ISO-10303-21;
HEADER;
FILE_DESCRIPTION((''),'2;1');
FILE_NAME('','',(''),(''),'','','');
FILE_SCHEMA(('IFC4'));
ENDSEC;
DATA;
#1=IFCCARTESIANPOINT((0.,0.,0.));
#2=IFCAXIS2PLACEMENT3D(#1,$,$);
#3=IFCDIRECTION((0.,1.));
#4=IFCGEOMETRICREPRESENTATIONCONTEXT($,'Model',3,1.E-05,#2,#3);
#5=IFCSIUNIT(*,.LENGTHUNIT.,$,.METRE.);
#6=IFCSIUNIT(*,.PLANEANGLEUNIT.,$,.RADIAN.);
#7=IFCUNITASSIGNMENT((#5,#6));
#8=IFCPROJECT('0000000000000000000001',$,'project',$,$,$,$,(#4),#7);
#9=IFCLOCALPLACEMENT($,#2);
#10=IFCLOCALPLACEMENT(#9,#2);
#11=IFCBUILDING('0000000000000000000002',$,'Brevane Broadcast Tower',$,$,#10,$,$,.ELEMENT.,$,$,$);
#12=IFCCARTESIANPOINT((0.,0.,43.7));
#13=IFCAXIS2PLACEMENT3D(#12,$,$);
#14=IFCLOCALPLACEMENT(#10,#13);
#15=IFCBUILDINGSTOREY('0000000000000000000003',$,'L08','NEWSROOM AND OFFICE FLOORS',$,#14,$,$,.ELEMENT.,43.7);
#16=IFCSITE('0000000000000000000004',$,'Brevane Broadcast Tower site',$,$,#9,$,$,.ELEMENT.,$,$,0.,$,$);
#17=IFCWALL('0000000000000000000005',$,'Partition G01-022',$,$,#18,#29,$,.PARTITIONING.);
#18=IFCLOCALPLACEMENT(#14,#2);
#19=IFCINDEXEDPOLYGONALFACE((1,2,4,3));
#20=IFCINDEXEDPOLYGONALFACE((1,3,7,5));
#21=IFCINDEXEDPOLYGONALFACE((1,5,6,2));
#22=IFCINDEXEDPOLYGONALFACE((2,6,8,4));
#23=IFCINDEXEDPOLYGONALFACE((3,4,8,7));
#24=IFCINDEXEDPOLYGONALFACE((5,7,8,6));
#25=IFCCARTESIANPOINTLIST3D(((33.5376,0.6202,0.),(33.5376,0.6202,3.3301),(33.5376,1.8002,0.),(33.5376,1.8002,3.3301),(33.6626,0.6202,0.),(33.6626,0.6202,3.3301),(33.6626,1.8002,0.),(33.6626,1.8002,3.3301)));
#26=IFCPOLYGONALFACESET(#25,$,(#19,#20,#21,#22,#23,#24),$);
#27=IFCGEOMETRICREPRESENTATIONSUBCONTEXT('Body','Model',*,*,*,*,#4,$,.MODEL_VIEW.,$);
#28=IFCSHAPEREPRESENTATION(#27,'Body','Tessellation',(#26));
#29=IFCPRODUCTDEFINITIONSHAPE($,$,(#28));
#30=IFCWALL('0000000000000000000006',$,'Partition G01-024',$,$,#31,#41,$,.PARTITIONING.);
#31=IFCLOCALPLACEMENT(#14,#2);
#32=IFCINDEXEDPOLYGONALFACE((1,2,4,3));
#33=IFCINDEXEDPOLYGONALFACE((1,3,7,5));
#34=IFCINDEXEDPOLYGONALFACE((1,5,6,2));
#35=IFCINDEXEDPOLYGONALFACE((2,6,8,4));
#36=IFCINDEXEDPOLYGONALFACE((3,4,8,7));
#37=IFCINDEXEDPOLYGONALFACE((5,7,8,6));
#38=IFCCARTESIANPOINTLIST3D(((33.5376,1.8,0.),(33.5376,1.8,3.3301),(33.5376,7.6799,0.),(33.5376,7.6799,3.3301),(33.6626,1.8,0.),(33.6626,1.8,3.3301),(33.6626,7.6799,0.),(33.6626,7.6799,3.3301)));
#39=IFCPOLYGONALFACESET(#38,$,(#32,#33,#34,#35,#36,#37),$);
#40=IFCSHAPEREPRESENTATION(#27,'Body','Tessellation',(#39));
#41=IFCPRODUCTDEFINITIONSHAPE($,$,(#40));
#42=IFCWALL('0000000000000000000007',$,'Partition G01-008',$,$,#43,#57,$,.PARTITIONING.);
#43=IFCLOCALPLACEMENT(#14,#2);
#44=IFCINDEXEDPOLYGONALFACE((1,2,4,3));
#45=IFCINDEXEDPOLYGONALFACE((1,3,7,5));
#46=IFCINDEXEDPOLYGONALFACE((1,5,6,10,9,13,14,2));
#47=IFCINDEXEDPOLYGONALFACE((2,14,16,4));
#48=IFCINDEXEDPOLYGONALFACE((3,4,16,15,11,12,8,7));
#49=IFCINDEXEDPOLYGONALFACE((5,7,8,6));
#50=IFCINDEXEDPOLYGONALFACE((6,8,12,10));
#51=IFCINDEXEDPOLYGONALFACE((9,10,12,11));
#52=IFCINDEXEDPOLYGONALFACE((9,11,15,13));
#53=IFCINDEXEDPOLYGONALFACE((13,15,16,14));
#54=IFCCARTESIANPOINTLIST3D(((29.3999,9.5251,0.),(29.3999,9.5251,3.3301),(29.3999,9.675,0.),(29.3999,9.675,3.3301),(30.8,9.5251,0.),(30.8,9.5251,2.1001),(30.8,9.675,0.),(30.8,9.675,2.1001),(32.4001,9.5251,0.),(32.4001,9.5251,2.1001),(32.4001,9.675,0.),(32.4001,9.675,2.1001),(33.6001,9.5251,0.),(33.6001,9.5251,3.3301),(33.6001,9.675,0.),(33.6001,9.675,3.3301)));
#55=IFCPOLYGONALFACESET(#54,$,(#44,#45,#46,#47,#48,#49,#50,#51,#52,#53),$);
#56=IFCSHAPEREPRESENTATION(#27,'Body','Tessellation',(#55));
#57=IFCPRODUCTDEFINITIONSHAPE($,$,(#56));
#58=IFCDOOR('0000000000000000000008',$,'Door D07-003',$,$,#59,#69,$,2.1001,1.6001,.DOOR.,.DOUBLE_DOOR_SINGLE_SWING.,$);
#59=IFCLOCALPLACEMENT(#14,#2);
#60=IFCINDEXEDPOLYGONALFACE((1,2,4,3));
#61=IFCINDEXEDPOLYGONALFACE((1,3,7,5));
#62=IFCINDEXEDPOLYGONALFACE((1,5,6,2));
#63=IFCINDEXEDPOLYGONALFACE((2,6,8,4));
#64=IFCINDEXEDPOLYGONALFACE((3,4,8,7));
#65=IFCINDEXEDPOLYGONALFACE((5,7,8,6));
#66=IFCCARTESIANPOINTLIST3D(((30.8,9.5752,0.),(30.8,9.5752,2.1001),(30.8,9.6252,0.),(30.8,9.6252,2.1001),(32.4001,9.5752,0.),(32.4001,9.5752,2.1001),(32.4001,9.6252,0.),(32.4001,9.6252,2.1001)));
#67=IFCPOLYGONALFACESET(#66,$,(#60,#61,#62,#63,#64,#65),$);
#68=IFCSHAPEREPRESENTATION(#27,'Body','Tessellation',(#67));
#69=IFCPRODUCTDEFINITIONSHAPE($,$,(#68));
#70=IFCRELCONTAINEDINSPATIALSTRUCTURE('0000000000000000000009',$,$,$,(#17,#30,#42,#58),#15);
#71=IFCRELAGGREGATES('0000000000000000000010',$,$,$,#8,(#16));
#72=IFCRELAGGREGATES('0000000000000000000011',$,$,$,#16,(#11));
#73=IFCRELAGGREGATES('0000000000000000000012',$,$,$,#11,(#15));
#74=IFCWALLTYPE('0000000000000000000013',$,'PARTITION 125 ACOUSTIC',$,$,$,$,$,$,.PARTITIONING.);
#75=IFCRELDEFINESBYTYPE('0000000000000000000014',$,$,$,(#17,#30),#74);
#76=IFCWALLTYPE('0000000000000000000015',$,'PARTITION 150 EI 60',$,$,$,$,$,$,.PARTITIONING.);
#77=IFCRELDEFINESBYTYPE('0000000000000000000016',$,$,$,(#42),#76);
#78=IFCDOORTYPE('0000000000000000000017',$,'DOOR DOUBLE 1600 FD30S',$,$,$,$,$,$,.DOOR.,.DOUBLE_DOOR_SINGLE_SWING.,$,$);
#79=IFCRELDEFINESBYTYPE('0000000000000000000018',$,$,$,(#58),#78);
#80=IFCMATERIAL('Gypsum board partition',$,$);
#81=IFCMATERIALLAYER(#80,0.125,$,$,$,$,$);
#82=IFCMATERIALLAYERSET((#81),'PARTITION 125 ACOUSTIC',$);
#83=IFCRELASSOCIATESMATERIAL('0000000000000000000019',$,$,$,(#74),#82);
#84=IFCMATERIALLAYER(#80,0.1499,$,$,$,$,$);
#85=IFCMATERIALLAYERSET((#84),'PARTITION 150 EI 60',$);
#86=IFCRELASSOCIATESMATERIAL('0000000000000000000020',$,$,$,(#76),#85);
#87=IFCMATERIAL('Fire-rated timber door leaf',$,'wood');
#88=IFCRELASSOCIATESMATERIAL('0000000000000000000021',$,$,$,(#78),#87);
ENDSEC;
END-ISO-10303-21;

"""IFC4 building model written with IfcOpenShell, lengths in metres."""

from ifc_helpers import new_model, si_unit, direction, frame, frame_2d, origin, place, context, subcontext, project, spatial, rectangle, extrude, material, layer, layer_set, type_object, element, fill, save


model = new_model("IFC4")

# Units and contexts
model_context = context("Model", 3, precision=1e-05, world=origin(), true_north=direction((0.0, 1.0)))
body_context = subcontext(model_context, "Body", "Model", "MODEL_VIEW")
ifc_project = project(units=[si_unit("LENGTHUNIT", "METRE"), si_unit("PLANEANGLEUNIT", "RADIAN")], contexts=[model_context])

# Site, building, storey
site_placement = place(None, origin())
site = spatial("IfcSite", under=ifc_project, at=site_placement, Name="Brevane Broadcast Tower site", CompositionType="ELEMENT", RefElevation=0.0)
building_placement = place(site_placement, origin())
building = spatial("IfcBuilding", under=site, at=building_placement, Name="Brevane Broadcast Tower", CompositionType="ELEMENT")
storey_placement = place(building_placement, frame((0.0, 0.0, 43.7)))
storey = spatial("IfcBuildingStorey", under=building, at=storey_placement, Name="L08", Description="NEWSROOM AND OFFICE FLOORS", CompositionType="ELEMENT", Elevation=43.7)

# Shared definitions
ifc_material_1 = material(Name="Gypsum board partition")

# Walls
ifc_layer_1 = layer(ifc_material_1, 0.125)
ifc_layer_set_1 = layer_set([ifc_layer_1], Name="PARTITION 125 ACOUSTIC")
wall_type_1 = type_object("IfcWallType", Name="PARTITION 125 ACOUSTIC", PredefinedType="PARTITIONING", material=ifc_layer_set_1)
wall_1_placement = place(storey_placement, frame((33.6001, 1.8, 0.0), z_axis=(0.0, 0.0, 1.0), x_axis=(0.0, -1.0, 0.0)))
element("IfcWall", 1, at=wall_1_placement, inside=storey, type_object=wall_type_1, Name="Partition G01-022", PredefinedType="PARTITIONING", context=body_context, shape_type="SweptSolid", body=[
    extrude(rectangle(XDim=1.1799, YDim=0.125, at=frame_2d((0.5898, 0.0))), origin(), (0.0, 0.0, 1.0), 3.3301),
])
wall_2_placement = place(storey_placement, frame((33.6001, 7.6799, 0.0), z_axis=(0.0, 0.0, 1.0), x_axis=(0.0, -1.0, 0.0)))
element("IfcWall", 2, at=wall_2_placement, inside=storey, type_object=wall_type_1, Name="Partition G01-024", PredefinedType="PARTITIONING", context=body_context, shape_type="SweptSolid", body=[
    extrude(rectangle(XDim=5.8799, YDim=0.125, at=frame_2d((2.9399, 0.0))), origin(), (0.0, 0.0, 1.0), 3.3301),
])

# Wall, opening, door
ifc_layer_2 = layer(ifc_material_1, 0.1499)
ifc_layer_set_2 = layer_set([ifc_layer_2], Name="PARTITION 150 EI 60")
wall_type_2 = type_object("IfcWallType", Name="PARTITION 150 EI 60", PredefinedType="PARTITIONING", material=ifc_layer_set_2)
wall_3_placement = place(storey_placement, frame((33.6001, 9.6001, 0.0), z_axis=(0.0, 0.0, 1.0), x_axis=(-1.0, 0.0, 0.0)))
wall_3 = element("IfcWall", 3, at=wall_3_placement, inside=storey, type_object=wall_type_2, Name="Partition G01-008", PredefinedType="PARTITIONING", context=body_context, shape_type="SweptSolid", body=[
    extrude(rectangle(XDim=4.2002, YDim=0.1499, at=frame_2d((2.1001, 0.0))), origin(), (0.0, 0.0, 1.0), 3.3301),
])
opening_1_placement = place(wall_3_placement, frame((1.2, 0.0, 0.0)))
opening_1 = element("IfcOpeningElement", 4, at=opening_1_placement, cuts=wall_3, PredefinedType="OPENING", context=body_context, shape_type="SweptSolid", body=[
    extrude(rectangle(XDim=1.6001, YDim=2.1001, at=frame_2d((0.8, 1.05))), frame((0.0, 0.085, 0.0), z_axis=(0.0, -1.0, 0.0), x_axis=(1.0, 0.0, 0.0)), (0.0, 0.0, 1.0), 0.1699),
])
ifc_material_2 = material(Name="Fire-rated timber door leaf", Category="wood")
door_type_1 = type_object("IfcDoorType", Name="DOOR DOUBLE 1600 FD30S", OperationType="DOUBLE_DOOR_SINGLE_SWING", PredefinedType="DOOR", material=ifc_material_2)
door_1_placement = place(opening_1_placement, origin())
door_1 = element("IfcDoor", 5, at=door_1_placement, inside=storey, type_object=door_type_1, Name="Door D07-003", OperationType="DOUBLE_DOOR_SINGLE_SWING", OverallHeight=2.1001, OverallWidth=1.6001, PredefinedType="DOOR", context=body_context, shape_type="SweptSolid", body=[
    extrude(rectangle(XDim=1.6001, YDim=2.1001, at=frame_2d((0.8, 1.05))), frame((0.0, 0.0249, 0.0), z_axis=(0.0, -1.0, 0.0), x_axis=(1.0, 0.0, 0.0)), (0.0, 0.0, 1.0), 0.05),
])
fill(opening_1, door_1)

save(model, "model.ifc")
